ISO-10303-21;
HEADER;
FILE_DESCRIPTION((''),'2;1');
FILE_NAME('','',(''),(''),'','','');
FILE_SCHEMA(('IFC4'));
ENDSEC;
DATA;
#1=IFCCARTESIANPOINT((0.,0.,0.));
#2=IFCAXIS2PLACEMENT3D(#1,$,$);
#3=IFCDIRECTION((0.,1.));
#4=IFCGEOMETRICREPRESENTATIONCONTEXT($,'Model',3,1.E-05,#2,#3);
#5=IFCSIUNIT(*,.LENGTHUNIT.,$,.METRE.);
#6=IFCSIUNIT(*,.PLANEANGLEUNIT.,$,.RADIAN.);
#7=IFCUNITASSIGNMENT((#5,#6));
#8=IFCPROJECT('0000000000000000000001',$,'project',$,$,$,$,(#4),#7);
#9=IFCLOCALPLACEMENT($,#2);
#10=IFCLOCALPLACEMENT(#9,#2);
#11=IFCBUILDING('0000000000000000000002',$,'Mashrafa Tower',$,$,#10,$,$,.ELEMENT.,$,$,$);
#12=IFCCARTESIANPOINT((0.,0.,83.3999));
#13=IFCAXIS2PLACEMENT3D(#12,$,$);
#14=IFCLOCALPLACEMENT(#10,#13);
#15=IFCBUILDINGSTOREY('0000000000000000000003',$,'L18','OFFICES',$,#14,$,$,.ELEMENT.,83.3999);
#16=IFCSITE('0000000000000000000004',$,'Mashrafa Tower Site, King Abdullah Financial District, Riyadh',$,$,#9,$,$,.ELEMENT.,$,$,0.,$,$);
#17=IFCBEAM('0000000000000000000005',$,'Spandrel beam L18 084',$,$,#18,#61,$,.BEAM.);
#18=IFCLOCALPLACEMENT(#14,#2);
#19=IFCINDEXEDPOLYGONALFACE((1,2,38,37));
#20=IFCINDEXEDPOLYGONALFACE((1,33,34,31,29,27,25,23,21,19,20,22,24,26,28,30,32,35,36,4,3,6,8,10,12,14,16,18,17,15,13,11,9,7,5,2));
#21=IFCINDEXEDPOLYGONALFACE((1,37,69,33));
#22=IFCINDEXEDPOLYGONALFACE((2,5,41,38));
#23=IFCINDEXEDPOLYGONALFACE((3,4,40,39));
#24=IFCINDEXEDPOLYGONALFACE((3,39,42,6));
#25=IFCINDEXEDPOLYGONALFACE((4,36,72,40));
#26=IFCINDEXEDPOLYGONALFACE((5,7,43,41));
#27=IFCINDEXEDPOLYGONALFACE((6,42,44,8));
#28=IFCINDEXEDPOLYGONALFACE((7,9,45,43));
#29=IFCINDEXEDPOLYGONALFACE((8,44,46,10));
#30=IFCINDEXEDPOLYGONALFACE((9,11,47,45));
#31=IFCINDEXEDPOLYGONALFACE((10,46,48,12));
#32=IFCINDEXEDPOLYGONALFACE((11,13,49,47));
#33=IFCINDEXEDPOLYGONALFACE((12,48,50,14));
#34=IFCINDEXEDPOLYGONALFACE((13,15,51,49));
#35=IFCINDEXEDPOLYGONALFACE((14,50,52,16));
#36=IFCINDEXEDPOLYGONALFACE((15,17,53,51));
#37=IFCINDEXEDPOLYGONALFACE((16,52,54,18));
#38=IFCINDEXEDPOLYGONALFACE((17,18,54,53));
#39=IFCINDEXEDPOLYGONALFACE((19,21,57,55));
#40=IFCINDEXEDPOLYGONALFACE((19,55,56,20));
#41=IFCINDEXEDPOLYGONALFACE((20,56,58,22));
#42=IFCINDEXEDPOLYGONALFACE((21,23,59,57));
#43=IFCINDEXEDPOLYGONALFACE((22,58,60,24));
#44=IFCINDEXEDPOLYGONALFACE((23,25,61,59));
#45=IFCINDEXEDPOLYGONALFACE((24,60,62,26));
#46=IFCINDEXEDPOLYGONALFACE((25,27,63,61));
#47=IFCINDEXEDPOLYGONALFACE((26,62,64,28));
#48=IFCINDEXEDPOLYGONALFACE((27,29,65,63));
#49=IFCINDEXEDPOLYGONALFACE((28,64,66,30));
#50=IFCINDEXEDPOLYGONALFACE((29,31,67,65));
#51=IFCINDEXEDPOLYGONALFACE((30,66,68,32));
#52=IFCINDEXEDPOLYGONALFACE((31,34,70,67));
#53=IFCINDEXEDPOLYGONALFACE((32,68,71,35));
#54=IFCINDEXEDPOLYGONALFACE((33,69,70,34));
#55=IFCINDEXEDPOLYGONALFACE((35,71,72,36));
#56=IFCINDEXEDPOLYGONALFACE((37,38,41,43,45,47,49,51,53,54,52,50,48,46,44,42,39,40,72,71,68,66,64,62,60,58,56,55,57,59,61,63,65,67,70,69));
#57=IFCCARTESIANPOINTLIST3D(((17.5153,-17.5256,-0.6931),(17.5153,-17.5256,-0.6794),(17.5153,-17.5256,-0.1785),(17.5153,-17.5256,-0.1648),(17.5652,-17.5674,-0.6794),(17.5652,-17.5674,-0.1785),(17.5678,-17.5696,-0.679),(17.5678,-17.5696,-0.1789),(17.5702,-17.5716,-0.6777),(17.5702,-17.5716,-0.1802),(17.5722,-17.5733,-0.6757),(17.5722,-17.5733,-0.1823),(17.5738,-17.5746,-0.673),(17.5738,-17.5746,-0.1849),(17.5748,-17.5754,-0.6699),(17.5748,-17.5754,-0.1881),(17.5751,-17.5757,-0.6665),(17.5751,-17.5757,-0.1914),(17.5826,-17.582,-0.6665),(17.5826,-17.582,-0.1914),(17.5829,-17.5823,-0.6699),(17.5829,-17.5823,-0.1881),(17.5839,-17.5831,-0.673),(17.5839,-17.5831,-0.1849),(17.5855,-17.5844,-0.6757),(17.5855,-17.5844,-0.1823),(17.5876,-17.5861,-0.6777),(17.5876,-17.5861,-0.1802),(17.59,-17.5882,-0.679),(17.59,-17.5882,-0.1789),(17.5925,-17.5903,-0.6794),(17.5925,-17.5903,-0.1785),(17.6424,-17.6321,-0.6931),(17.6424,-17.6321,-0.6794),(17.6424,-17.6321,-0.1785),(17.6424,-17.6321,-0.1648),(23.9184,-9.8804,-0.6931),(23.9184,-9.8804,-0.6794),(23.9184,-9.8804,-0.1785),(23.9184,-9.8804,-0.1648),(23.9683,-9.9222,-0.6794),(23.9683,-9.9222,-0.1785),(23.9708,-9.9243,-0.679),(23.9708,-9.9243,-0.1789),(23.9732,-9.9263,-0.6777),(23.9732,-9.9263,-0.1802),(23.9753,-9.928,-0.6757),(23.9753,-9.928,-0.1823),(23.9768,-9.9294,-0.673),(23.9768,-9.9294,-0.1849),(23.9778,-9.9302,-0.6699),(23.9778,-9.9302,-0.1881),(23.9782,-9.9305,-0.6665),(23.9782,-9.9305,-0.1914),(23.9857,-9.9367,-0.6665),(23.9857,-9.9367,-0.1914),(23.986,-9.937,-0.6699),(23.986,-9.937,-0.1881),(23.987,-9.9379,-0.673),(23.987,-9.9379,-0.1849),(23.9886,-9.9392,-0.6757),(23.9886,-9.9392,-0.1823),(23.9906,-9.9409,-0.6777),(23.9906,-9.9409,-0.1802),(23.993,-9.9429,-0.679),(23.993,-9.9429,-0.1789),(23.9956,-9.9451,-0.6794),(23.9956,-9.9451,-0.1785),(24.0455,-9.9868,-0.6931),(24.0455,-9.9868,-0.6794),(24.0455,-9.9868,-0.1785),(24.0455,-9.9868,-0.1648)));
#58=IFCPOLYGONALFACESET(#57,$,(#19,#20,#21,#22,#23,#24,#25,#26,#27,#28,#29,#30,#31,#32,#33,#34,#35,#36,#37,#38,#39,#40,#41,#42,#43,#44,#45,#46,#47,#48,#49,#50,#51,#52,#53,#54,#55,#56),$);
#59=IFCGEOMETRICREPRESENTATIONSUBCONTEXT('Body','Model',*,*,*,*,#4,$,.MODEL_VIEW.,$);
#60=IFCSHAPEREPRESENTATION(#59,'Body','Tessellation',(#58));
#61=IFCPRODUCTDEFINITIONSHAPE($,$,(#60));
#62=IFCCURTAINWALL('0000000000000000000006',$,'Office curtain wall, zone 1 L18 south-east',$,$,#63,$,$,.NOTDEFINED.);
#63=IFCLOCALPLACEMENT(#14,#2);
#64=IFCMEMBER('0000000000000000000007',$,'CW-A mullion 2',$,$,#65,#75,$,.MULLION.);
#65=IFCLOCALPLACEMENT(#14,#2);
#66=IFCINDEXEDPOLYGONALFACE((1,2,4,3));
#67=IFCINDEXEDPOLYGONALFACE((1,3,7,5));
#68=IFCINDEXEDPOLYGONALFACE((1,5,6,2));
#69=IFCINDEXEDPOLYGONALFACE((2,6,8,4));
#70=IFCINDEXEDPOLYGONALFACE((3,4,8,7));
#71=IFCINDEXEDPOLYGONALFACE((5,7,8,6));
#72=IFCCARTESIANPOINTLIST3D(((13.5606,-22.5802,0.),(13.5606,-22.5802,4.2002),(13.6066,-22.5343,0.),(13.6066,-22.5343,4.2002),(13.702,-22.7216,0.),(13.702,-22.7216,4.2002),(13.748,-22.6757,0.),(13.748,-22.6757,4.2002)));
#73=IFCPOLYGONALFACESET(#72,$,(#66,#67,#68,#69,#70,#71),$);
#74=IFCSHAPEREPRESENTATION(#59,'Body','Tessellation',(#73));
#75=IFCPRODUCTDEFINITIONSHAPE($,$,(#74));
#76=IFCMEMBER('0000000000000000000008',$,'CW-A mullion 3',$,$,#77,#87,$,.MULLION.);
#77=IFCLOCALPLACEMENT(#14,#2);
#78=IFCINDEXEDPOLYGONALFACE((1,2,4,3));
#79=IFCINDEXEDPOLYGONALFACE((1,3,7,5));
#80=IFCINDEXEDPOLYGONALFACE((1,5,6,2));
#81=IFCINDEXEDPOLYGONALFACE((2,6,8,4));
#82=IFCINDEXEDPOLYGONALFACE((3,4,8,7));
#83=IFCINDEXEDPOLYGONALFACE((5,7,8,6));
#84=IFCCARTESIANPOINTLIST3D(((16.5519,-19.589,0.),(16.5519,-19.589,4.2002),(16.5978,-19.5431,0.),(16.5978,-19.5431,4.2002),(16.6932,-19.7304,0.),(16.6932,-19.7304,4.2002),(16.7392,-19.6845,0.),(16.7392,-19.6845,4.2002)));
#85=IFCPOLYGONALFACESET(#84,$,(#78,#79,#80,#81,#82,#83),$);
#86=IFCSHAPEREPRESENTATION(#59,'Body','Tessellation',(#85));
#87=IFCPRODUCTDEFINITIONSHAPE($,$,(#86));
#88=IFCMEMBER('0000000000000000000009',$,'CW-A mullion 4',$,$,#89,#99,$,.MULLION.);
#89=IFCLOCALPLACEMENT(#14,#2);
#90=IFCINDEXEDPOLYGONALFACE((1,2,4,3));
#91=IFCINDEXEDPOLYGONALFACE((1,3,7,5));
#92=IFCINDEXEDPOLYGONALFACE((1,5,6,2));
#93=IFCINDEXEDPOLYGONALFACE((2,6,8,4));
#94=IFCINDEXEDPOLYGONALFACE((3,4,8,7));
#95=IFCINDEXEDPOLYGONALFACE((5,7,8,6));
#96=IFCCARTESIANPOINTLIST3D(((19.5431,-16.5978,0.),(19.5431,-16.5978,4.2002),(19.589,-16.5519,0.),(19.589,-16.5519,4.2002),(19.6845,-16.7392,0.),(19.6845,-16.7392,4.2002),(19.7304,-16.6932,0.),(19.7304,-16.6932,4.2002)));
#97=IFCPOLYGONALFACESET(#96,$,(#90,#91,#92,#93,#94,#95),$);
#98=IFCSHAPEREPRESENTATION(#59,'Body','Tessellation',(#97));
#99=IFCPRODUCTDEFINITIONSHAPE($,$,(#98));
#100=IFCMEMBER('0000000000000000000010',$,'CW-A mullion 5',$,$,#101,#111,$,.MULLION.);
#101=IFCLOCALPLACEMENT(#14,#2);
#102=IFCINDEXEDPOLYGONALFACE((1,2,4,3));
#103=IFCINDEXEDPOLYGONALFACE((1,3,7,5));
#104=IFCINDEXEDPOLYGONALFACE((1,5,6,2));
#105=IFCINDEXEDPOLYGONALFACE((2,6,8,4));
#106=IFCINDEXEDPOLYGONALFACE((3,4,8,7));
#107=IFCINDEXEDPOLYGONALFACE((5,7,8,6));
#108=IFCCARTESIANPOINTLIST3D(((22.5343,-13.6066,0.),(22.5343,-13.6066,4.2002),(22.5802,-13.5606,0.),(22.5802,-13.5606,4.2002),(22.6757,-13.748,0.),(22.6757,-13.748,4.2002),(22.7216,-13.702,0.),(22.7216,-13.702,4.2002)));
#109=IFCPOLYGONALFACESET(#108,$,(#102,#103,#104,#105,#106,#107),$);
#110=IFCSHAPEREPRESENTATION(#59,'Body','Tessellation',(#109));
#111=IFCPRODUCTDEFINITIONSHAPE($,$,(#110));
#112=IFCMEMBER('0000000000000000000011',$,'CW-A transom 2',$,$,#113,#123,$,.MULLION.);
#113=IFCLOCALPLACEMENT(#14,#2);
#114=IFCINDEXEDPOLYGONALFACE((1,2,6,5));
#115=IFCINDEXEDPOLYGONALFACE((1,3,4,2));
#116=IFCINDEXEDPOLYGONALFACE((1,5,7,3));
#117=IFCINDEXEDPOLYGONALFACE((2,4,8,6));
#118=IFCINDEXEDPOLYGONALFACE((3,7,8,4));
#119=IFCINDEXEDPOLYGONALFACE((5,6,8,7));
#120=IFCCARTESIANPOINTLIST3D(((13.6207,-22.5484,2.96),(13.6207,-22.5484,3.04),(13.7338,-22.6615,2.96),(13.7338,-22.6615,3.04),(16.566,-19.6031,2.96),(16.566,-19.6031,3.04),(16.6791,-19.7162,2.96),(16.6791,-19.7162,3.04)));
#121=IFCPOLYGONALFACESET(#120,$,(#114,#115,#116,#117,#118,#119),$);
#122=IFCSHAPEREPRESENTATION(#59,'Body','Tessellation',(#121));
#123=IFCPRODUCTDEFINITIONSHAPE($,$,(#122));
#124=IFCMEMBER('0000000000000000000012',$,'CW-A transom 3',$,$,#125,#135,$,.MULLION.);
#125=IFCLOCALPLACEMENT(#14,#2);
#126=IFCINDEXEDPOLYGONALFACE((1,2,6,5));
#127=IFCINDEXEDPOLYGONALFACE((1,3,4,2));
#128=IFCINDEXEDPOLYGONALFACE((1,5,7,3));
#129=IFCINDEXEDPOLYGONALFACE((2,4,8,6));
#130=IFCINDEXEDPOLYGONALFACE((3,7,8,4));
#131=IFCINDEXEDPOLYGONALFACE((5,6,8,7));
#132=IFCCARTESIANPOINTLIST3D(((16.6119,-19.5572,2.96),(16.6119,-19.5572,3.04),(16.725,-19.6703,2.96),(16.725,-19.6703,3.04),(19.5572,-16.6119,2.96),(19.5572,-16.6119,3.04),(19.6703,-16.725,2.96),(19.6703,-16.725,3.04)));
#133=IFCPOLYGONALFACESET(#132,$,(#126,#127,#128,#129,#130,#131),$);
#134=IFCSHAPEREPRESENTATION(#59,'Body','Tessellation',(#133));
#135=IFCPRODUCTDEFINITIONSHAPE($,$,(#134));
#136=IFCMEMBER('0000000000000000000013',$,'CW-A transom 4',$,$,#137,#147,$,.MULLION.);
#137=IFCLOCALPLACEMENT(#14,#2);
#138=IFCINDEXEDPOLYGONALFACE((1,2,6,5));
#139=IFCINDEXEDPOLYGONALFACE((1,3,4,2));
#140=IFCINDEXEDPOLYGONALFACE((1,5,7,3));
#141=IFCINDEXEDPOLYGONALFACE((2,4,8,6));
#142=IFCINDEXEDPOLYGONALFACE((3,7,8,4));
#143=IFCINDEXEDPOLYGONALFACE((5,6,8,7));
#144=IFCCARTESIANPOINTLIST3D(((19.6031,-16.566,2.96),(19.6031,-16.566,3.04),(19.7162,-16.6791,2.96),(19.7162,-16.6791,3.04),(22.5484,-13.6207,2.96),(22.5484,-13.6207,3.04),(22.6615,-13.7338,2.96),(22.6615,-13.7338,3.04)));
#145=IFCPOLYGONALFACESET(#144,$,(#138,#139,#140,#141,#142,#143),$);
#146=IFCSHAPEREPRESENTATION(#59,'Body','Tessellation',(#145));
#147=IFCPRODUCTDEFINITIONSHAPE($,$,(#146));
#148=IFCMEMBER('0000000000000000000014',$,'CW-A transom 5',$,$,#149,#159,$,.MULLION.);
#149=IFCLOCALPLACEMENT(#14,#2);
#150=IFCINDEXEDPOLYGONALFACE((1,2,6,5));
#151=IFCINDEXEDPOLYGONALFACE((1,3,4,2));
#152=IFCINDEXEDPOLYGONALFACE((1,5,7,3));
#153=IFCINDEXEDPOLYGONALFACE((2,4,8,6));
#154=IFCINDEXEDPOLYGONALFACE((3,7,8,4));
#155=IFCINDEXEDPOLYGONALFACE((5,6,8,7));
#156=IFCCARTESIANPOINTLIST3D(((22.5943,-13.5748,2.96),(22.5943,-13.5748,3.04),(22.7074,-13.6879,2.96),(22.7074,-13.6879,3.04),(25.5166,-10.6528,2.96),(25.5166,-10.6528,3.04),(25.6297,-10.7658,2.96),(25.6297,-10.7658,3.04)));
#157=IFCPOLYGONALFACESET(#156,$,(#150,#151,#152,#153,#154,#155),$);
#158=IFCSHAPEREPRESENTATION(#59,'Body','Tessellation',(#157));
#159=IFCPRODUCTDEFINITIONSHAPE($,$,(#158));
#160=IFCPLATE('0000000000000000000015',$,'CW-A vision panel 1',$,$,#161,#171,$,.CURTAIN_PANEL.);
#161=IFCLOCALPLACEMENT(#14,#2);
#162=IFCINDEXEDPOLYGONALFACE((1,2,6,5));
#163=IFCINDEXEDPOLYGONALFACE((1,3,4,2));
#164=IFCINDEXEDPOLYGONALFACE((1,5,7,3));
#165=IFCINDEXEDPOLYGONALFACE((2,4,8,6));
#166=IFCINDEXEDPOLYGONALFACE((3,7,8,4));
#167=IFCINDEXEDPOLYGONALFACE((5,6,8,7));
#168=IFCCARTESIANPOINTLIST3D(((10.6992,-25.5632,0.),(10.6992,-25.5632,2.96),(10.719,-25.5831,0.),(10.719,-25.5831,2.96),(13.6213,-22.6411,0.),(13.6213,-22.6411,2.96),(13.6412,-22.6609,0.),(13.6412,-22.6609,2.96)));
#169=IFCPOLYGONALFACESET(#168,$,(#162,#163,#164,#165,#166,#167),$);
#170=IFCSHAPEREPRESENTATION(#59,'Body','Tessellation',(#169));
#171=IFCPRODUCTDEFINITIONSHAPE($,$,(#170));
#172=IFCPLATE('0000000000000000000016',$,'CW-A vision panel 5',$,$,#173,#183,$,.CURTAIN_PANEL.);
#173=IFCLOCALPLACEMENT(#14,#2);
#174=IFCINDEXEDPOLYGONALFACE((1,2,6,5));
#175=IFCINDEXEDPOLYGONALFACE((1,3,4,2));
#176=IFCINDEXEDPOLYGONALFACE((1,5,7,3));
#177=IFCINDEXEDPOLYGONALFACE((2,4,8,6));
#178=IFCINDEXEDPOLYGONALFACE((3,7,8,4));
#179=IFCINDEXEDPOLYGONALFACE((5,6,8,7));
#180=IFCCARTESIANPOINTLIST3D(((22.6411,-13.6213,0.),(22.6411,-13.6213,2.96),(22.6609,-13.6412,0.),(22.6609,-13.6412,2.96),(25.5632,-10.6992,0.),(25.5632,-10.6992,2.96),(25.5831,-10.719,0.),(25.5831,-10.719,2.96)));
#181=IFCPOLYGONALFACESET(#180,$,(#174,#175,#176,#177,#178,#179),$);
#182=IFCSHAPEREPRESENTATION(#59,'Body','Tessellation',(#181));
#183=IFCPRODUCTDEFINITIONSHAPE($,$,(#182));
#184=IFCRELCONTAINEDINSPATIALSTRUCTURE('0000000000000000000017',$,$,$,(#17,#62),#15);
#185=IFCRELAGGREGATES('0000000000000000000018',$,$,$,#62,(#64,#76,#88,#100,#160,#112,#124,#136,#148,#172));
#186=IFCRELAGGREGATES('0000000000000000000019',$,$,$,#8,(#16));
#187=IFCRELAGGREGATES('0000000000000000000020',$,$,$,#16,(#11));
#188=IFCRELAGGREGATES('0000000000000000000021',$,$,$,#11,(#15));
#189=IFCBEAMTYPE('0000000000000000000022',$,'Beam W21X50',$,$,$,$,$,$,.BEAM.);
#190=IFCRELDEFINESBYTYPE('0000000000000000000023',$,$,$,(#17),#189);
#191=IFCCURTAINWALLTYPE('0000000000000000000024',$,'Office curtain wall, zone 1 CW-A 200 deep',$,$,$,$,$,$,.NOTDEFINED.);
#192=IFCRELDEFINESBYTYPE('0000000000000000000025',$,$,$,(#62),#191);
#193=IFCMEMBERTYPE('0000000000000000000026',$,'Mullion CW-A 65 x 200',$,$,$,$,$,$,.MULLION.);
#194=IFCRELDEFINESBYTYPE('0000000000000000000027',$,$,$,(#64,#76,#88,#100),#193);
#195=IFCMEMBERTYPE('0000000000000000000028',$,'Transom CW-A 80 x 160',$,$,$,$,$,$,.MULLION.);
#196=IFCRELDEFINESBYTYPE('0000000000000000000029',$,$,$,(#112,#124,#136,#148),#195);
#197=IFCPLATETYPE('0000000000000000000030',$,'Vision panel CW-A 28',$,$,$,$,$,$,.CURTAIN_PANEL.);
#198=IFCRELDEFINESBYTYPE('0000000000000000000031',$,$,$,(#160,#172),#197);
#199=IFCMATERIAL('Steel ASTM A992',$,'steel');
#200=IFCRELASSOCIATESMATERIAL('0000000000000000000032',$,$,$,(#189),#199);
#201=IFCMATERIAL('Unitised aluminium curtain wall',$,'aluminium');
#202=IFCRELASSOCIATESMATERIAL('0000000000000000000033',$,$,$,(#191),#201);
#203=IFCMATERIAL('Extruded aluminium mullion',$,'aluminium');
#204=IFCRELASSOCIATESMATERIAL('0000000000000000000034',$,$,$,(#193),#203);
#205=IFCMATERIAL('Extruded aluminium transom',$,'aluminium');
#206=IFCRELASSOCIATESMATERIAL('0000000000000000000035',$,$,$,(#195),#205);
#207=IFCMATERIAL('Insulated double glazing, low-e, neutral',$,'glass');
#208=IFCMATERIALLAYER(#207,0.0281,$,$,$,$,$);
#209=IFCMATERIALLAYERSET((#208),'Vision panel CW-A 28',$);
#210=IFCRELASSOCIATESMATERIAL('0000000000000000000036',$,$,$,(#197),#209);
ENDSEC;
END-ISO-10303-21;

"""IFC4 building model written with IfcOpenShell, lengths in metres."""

from ifc_helpers import new_model, si_unit, direction, frame, origin, origin_2d, place, context, subcontext, project, spatial, rectangle, i_section, extrude, source, transform, mapped, material, layer, layer_set, material_profile, profile_set, type_object, type_shapes, element, aggregate, save


model = new_model("IFC4")

# Units and contexts
model_context = context("Model", 3, precision=1e-05, world=origin(), true_north=direction((0.0, 1.0)))
body_context = subcontext(model_context, "Body", "Model", "MODEL_VIEW")
ifc_project = project(units=[si_unit("LENGTHUNIT", "METRE"), si_unit("PLANEANGLEUNIT", "RADIAN")], contexts=[model_context])

# Site, building, storey
site_placement = place(None, origin())
site = spatial("IfcSite", under=ifc_project, at=site_placement, Name="Mashrafa Tower Site, King Abdullah Financial District, Riyadh", CompositionType="ELEMENT", RefElevation=0.0)
building_placement = place(site_placement, origin())
building = spatial("IfcBuilding", under=site, at=building_placement, Name="Mashrafa Tower", CompositionType="ELEMENT")
storey_placement = place(building_placement, frame((0.0, 0.0, 83.3999)))
storey = spatial("IfcBuildingStorey", under=building, at=storey_placement, Name="L18", Description="OFFICES", CompositionType="ELEMENT", Elevation=83.3999)

# Beam
ifc_material_1 = material(Name="Steel ASTM A992", Category="steel")
ifc_material_profile_1 = material_profile(ifc_material_1, i_section(OverallWidth=0.1658, OverallDepth=0.5283, WebThickness=0.0098, FlangeThickness=0.0137, FilletRadius=0.0129, at=origin_2d()), Name="W21X50")
ifc_profile_set_1 = profile_set([ifc_material_profile_1], Name="Steel ASTM A992")
beam_type_1 = type_object("IfcBeamType", Name="Beam W21X50", PredefinedType="BEAM", material=ifc_profile_set_1)
beam_1_placement = place(storey_placement, frame((17.5789, -17.5789, -0.429), z_axis=(0.642078, 0.76664, 0.0), x_axis=(-0.76664, 0.642078, 0.0)))
element("IfcBeam", 1, at=beam_1_placement, inside=storey, type_object=beam_type_1, Name="Spandrel beam L18 084", PredefinedType="BEAM", context=body_context, shape_type="SweptSolid", body=[
    extrude(i_section(OverallWidth=0.1658, OverallDepth=0.5283, WebThickness=0.0098, FlangeThickness=0.0137, FilletRadius=0.0129, at=origin_2d()), origin(), (0.0, 0.0, 1.0), 9.9724),
])

# Curtain wall, members, plates
ifc_material_2 = material(Name="Unitised aluminium curtain wall", Category="aluminium")
curtain_wall_type = type_object("IfcCurtainWallType", Name="Office curtain wall, zone 1 CW-A 200 deep", PredefinedType="NOTDEFINED", material=ifc_material_2)
curtain_wall_placement = place(storey_placement, origin())
curtain_wall = element("IfcCurtainWall", 2, at=curtain_wall_placement, inside=storey, type_object=curtain_wall_type, Name="Office curtain wall, zone 1 L18 south-east", PredefinedType="NOTDEFINED")
ifc_material_3 = material(Name="Extruded aluminium mullion", Category="aluminium")
ifc_material_profile_2 = material_profile(ifc_material_3, rectangle(XDim=0.2, YDim=0.0649, at=origin_2d()), Name="Mullion 65x200")
ifc_profile_set_2 = profile_set([ifc_material_profile_2], Name="Extruded aluminium mullion")
member_type_1 = type_object("IfcMemberType", Name="Mullion CW-A 65 x 200", PredefinedType="MULLION", material=ifc_profile_set_2)
shared_shape_1 = source(origin(), body_context, "Body", "SweptSolid", [
    extrude(rectangle(XDim=0.2, YDim=0.0649, at=origin_2d()), origin(), (0.0, 0.0, 1.0), 4.2002),
])
type_shapes(member_type_1, [shared_shape_1])
member_1_placement = place(storey_placement, frame((13.6543, -22.6279, 0.0), z_axis=(0.0, 0.0, 1.0), x_axis=(-0.707107, 0.707107, 0.0)))
member_1 = element("IfcMember", 3, at=member_1_placement, type_object=member_type_1, Name="CW-A mullion 2", PredefinedType="MULLION", context=body_context, shape_type="MappedRepresentation", body=[
    mapped(shared_shape_1, transform((0.0, 0.0, 0.0))),
])
member_2_placement = place(storey_placement, frame((16.6455, -19.6367, 0.0), z_axis=(0.0, 0.0, 1.0), x_axis=(-0.707107, 0.707107, 0.0)))
member_2 = element("IfcMember", 4, at=member_2_placement, type_object=member_type_1, Name="CW-A mullion 3", PredefinedType="MULLION", context=body_context, shape_type="MappedRepresentation", body=[
    mapped(shared_shape_1, transform((0.0, 0.0, 0.0))),
])
member_3_placement = place(storey_placement, frame((19.6367, -16.6455, 0.0), z_axis=(0.0, 0.0, 1.0), x_axis=(-0.707107, 0.707107, 0.0)))
member_3 = element("IfcMember", 5, at=member_3_placement, type_object=member_type_1, Name="CW-A mullion 4", PredefinedType="MULLION", context=body_context, shape_type="MappedRepresentation", body=[
    mapped(shared_shape_1, transform((0.0, 0.0, 0.0))),
])
member_4_placement = place(storey_placement, frame((22.6279, -13.6543, 0.0), z_axis=(0.0, 0.0, 1.0), x_axis=(-0.707107, 0.707107, 0.0)))
member_4 = element("IfcMember", 6, at=member_4_placement, type_object=member_type_1, Name="CW-A mullion 5", PredefinedType="MULLION", context=body_context, shape_type="MappedRepresentation", body=[
    mapped(shared_shape_1, transform((0.0, 0.0, 0.0))),
])
ifc_material_4 = material(Name="Extruded aluminium transom", Category="aluminium")
ifc_material_profile_3 = material_profile(ifc_material_4, rectangle(XDim=0.1599, YDim=0.0801, at=origin_2d()), Name="Transom 80x160")
ifc_profile_set_3 = profile_set([ifc_material_profile_3], Name="Extruded aluminium transom")
member_type_2 = type_object("IfcMemberType", Name="Transom CW-A 80 x 160", PredefinedType="MULLION", material=ifc_profile_set_3)
shared_shape_2 = source(origin(), body_context, "Body", "SweptSolid", [
    extrude(rectangle(XDim=0.1599, YDim=0.0801, at=origin_2d()), origin(), (0.0, 0.0, 1.0), 4.1653),
])
member_5_placement = place(storey_placement, frame((13.6772, -22.605, 3.0), z_axis=(0.707107, 0.707107, 0.0), x_axis=(-0.707107, 0.707107, 0.0)))
member_5 = element("IfcMember", 7, at=member_5_placement, type_object=member_type_2, Name="CW-A transom 2", PredefinedType="MULLION", context=body_context, shape_type="MappedRepresentation", body=[
    mapped(shared_shape_2, transform((0.0, 0.0, 0.0))),
])
member_6_placement = place(storey_placement, frame((16.6685, -19.6138, 3.0), z_axis=(0.707107, 0.707107, 0.0), x_axis=(-0.707107, 0.707107, 0.0)))
member_6 = element("IfcMember", 8, at=member_6_placement, type_object=member_type_2, Name="CW-A transom 3", PredefinedType="MULLION", context=body_context, shape_type="MappedRepresentation", body=[
    mapped(shared_shape_2, transform((0.0, 0.0, 0.0))),
])
member_7_placement = place(storey_placement, frame((19.6597, -16.6226, 3.0), z_axis=(0.707107, 0.707107, 0.0), x_axis=(-0.707107, 0.707107, 0.0)))
member_7 = element("IfcMember", 9, at=member_7_placement, type_object=member_type_2, Name="CW-A transom 4", PredefinedType="MULLION", context=body_context, shape_type="MappedRepresentation", body=[
    mapped(shared_shape_2, transform((0.0, 0.0, 0.0))),
])
shared_shape_3 = source(origin(), body_context, "Body", "SweptSolid", [
    extrude(rectangle(XDim=0.1599, YDim=0.0801, at=origin_2d()), origin(), (0.0, 0.0, 1.0), 4.1326),
])
type_shapes(member_type_2, [shared_shape_2, shared_shape_3])
member_8_placement = place(storey_placement, frame((22.6509, -13.6313, 3.0), z_axis=(0.707136, 0.707077, 0.0), x_axis=(-0.707077, 0.707136, 0.0)))
member_8 = element("IfcMember", 10, at=member_8_placement, type_object=member_type_2, Name="CW-A transom 5", PredefinedType="MULLION", context=body_context, shape_type="MappedRepresentation", body=[
    mapped(shared_shape_3, transform((0.0, 0.0, 0.0))),
])
ifc_material_5 = material(Name="Insulated double glazing, low-e, neutral", Category="glass")
ifc_layer_1 = layer(ifc_material_5, 0.0281)
ifc_layer_set_1 = layer_set([ifc_layer_1], Name="Vision panel CW-A 28")
plate_type_1 = type_object("IfcPlateType", Name="Vision panel CW-A 28", PredefinedType="CURTAIN_PANEL", material=ifc_layer_set_1)
shared_shape_4 = source(origin(), body_context, "Body", "SweptSolid", [
    extrude(rectangle(XDim=4.1326, YDim=0.0281, at=origin_2d()), origin(), (0.0, 0.0, 1.0), 2.96),
])
plate_1_placement = place(storey_placement, frame((12.1702, -24.1121, 0.0), z_axis=(0.0, 0.0, 1.0), x_axis=(0.707107, 0.707107, 0.0)))
plate_1 = element("IfcPlate", 11, at=plate_1_placement, type_object=plate_type_1, Name="CW-A vision panel 1", PredefinedType="CURTAIN_PANEL", context=body_context, shape_type="MappedRepresentation", body=[
    mapped(shared_shape_4, transform((0.0, 0.0, 0.0))),
])
plate_2_placement = place(storey_placement, frame((24.1121, -12.1702, 0.0), z_axis=(0.0, 0.0, 1.0), x_axis=(0.707107, 0.707107, 0.0)))
plate_2 = element("IfcPlate", 12, at=plate_2_placement, type_object=plate_type_1, Name="CW-A vision panel 5", PredefinedType="CURTAIN_PANEL", context=body_context, shape_type="MappedRepresentation", body=[
    mapped(shared_shape_4, transform((0.0, 0.0, 0.0))),
])
aggregate(curtain_wall, [member_1, member_2, member_3, member_4, plate_1, member_5, member_6, member_7, member_8, plate_2])

save(model, "model.ifc")
